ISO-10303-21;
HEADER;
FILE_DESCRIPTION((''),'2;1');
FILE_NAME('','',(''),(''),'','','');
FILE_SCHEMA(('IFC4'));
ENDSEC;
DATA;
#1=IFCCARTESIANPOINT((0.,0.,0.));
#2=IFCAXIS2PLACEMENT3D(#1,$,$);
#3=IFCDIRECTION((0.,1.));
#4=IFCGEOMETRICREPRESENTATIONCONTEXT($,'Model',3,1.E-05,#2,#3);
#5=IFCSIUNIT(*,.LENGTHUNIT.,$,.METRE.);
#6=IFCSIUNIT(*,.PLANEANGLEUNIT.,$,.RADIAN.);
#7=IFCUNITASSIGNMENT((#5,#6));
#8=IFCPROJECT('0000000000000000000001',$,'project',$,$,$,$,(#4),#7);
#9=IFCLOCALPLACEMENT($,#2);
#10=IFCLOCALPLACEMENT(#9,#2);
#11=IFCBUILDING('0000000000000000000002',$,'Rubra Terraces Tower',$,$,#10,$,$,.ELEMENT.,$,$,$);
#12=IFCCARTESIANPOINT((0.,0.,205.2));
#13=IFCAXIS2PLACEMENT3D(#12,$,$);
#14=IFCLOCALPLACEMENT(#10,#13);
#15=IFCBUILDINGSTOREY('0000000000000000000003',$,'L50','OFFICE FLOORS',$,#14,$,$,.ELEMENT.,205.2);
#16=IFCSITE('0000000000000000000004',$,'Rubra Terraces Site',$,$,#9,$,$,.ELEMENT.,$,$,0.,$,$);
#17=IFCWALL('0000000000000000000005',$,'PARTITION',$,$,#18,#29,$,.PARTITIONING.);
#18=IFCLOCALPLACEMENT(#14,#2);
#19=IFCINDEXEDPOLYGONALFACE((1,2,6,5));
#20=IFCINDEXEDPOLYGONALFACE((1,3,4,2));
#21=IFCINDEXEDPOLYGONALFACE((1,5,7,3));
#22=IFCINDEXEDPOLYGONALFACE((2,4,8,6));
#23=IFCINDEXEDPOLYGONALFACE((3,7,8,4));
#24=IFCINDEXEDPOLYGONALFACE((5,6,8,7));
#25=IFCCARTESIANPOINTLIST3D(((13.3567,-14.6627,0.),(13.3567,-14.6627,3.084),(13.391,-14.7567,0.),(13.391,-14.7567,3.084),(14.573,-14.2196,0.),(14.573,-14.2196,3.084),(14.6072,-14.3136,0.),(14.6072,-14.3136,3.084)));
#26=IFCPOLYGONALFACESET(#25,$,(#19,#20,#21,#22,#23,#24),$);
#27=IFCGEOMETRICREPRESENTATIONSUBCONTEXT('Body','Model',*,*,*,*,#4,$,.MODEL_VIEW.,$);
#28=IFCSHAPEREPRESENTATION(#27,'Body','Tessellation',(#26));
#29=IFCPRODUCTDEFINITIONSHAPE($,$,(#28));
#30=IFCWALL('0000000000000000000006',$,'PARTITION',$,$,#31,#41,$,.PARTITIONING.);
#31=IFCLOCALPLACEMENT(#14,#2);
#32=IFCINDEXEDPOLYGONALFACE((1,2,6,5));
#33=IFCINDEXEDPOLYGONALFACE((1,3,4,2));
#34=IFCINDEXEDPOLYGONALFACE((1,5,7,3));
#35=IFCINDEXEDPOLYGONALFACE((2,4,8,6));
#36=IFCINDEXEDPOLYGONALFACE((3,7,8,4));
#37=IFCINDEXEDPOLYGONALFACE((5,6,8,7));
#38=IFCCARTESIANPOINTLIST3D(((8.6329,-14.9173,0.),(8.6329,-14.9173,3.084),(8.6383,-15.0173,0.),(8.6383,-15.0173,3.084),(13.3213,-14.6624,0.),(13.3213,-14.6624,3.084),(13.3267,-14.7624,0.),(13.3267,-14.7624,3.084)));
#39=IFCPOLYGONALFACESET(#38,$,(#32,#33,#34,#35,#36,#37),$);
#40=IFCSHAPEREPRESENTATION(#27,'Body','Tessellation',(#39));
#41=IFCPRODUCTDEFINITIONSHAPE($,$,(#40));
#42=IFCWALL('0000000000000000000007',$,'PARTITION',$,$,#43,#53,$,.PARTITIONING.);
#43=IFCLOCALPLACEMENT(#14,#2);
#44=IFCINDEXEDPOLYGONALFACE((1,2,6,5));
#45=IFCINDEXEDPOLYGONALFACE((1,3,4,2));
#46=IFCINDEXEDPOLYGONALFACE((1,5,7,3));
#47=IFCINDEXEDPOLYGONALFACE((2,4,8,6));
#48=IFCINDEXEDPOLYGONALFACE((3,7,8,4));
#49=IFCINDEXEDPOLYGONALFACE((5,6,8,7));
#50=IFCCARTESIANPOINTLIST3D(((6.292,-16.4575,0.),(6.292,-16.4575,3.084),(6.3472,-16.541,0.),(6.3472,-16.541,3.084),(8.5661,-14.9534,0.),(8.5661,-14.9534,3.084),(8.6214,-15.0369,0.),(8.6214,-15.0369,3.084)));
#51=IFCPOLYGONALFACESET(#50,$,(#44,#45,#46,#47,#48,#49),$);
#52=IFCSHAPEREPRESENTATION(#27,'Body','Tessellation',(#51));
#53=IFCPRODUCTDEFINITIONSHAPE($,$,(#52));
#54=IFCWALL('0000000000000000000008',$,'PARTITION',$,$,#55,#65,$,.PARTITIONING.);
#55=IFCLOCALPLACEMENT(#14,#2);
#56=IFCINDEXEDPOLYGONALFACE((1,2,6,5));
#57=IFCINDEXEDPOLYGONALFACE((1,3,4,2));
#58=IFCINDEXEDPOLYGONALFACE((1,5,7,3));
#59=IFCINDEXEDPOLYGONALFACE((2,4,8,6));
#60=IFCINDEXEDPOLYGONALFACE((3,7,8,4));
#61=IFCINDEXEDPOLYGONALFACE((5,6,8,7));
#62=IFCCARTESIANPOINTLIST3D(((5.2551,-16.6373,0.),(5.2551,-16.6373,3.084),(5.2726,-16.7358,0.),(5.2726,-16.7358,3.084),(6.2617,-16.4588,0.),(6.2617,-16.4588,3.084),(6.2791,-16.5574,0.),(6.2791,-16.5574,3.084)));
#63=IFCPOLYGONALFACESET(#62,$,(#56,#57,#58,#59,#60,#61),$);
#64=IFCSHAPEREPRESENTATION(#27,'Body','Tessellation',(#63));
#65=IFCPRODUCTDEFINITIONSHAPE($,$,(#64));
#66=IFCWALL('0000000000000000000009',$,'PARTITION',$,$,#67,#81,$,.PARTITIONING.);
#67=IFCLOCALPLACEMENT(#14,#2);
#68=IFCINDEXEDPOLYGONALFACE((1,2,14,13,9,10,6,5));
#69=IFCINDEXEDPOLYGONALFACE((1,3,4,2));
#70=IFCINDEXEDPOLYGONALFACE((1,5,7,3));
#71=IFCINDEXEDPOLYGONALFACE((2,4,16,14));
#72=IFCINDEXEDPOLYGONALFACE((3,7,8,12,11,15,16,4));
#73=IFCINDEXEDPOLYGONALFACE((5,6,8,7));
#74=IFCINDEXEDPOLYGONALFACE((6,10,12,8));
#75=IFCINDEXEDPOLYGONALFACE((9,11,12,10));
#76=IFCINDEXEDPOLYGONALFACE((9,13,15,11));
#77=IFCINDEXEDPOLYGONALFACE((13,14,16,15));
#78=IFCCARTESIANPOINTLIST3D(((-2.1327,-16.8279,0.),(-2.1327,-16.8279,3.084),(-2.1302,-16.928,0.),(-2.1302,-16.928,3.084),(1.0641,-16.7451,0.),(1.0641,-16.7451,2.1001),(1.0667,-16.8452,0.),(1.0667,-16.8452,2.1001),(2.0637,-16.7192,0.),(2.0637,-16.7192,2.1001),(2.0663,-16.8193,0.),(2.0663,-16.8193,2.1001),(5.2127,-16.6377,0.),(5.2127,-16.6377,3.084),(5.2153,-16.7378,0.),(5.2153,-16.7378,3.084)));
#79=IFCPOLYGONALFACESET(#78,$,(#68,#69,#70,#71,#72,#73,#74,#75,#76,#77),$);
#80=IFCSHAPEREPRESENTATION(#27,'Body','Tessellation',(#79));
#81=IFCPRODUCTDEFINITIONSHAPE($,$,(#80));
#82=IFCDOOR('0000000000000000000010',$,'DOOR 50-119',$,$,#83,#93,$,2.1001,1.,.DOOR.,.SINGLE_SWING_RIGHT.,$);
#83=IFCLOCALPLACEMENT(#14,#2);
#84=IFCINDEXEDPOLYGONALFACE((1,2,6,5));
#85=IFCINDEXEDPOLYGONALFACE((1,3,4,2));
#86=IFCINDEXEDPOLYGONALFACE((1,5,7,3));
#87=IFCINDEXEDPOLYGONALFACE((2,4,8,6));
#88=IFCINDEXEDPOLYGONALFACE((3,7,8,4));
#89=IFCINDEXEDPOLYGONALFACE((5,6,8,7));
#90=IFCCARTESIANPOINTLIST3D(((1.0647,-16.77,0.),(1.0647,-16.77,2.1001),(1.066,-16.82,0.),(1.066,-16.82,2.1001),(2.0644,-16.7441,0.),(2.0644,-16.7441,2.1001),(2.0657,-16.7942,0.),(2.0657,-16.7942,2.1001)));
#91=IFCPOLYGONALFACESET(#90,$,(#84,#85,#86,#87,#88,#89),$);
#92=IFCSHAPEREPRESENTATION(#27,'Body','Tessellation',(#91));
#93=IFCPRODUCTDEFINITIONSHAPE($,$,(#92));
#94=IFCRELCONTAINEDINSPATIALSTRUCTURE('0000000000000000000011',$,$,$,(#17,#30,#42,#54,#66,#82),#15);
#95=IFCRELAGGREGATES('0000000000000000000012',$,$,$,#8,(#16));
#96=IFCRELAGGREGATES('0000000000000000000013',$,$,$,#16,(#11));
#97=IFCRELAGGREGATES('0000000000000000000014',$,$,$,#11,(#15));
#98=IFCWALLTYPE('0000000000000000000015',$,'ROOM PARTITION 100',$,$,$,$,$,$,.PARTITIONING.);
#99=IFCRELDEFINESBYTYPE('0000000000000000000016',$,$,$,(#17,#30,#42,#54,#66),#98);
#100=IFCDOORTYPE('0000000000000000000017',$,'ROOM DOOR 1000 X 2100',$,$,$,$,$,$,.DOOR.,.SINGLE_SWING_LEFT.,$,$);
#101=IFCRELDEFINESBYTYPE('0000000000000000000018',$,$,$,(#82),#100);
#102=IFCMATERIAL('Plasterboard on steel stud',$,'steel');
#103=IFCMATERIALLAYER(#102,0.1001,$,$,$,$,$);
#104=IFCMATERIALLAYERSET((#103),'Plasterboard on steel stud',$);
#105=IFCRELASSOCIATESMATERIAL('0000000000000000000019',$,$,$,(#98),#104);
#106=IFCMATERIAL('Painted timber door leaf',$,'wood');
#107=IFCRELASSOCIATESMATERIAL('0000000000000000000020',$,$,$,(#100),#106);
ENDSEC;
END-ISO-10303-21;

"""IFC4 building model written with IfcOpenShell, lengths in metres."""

from ifc_helpers import new_model, si_unit, direction, frame, frame_2d, origin, place, context, subcontext, project, spatial, rectangle, extrude, material, layer, layer_set, type_object, element, fill, save


model = new_model("IFC4")

# Units and contexts
model_context = context("Model", 3, precision=1e-05, world=origin(), true_north=direction((0.0, 1.0)))
body_context = subcontext(model_context, "Body", "Model", "MODEL_VIEW")
ifc_project = project(units=[si_unit("LENGTHUNIT", "METRE"), si_unit("PLANEANGLEUNIT", "RADIAN")], contexts=[model_context])

# Site, building, storey
site_placement = place(None, origin())
site = spatial("IfcSite", under=ifc_project, at=site_placement, Name="Rubra Terraces Site", CompositionType="ELEMENT", RefElevation=0.0)
building_placement = place(site_placement, origin())
building = spatial("IfcBuilding", under=site, at=building_placement, Name="Rubra Terraces Tower", CompositionType="ELEMENT")
storey_placement = place(building_placement, frame((0.0, 0.0, 205.2)))
storey = spatial("IfcBuildingStorey", under=building, at=storey_placement, Name="L50", Description="OFFICE FLOORS", CompositionType="ELEMENT", Elevation=205.2)

# Walls
ifc_material_1 = material(Name="Plasterboard on steel stud", Category="steel")
ifc_layer_1 = layer(ifc_material_1, 0.1001)
ifc_layer_set_1 = layer_set([ifc_layer_1], Name="Plasterboard on steel stud")
wall_type_1 = type_object("IfcWallType", Name="ROOM PARTITION 100", PredefinedType="PARTITIONING", material=ifc_layer_set_1)
wall_1_placement = place(storey_placement, frame((14.5901, -14.2666, 0.0), z_axis=(0.0, 0.0, 1.0), x_axis=(-0.93959, -0.342303, 0.0)))
element("IfcWall", 1, at=wall_1_placement, inside=storey, type_object=wall_type_1, Name="PARTITION", PredefinedType="PARTITIONING", context=body_context, shape_type="SweptSolid", body=[
    extrude(rectangle(XDim=1.2944, YDim=0.1001, at=frame_2d((0.6472, 0.0))), origin(), (0.0, 0.0, 1.0), 3.084),
])
wall_2_placement = place(storey_placement, frame((13.324, -14.7124, 0.0), z_axis=(0.0, 0.0, 1.0), x_axis=(-0.998526, -0.054284, 0.0)))
element("IfcWall", 2, at=wall_2_placement, inside=storey, type_object=wall_type_1, Name="PARTITION", PredefinedType="PARTITIONING", context=body_context, shape_type="SweptSolid", body=[
    extrude(rectangle(XDim=4.6953, YDim=0.1001, at=frame_2d((2.3477, 0.0))), origin(), (0.0, 0.0, 1.0), 3.084),
])
wall_3_placement = place(storey_placement, frame((8.5938, -14.9951, 0.0), z_axis=(0.0, 0.0, 1.0), x_axis=(-0.83407, -0.551659, 0.0)))
element("IfcWall", 3, at=wall_3_placement, inside=storey, type_object=wall_type_1, Name="PARTITION", PredefinedType="PARTITIONING", context=body_context, shape_type="SweptSolid", body=[
    extrude(rectangle(XDim=2.7266, YDim=0.1001, at=frame_2d((1.3633, 0.0))), origin(), (0.0, 0.0, 1.0), 3.084),
])
wall_4_placement = place(storey_placement, frame((6.2705, -16.5081, 0.0), z_axis=(0.0, 0.0, 1.0), x_axis=(-0.984644, -0.174575, 0.0)))
element("IfcWall", 4, at=wall_4_placement, inside=storey, type_object=wall_type_1, Name="PARTITION", PredefinedType="PARTITIONING", context=body_context, shape_type="SweptSolid", body=[
    extrude(rectangle(XDim=1.0222, YDim=0.1001, at=frame_2d((0.5112, 0.0))), origin(), (0.0, 0.0, 1.0), 3.084),
])

# Wall, opening, door
wall_5_placement = place(storey_placement, frame((5.2139, -16.6877, 0.0), z_axis=(0.0, 0.0, 1.0), x_axis=(-0.999665, -0.025883, 0.0)))
wall_5 = element("IfcWall", 5, at=wall_5_placement, inside=storey, type_object=wall_type_1, Name="PARTITION", PredefinedType="PARTITIONING", context=body_context, shape_type="SweptSolid", body=[
    extrude(rectangle(XDim=7.3479, YDim=0.1001, at=frame_2d((3.6738, 0.0))), origin(), (0.0, 0.0, 1.0), 3.084),
])
opening_1_placement = place(wall_5_placement, frame((3.1499, 0.0, 0.0)))
opening_1 = element("IfcOpeningElement", 6, at=opening_1_placement, cuts=wall_5, PredefinedType="OPENING", context=body_context, shape_type="SweptSolid", body=[
    extrude(rectangle(XDim=1.0, YDim=2.1001, at=frame_2d((0.5, 1.05))), frame((0.0, 0.0601, 0.0), z_axis=(0.0, -1.0, 0.0), x_axis=(1.0, 0.0, 0.0)), (0.0, 0.0, 1.0), 0.1201),
])
ifc_material_2 = material(Name="Painted timber door leaf", Category="wood")
door_type = type_object("IfcDoorType", Name="ROOM DOOR 1000 X 2100", OperationType="SINGLE_SWING_LEFT", PredefinedType="DOOR", material=ifc_material_2)
door_placement = place(opening_1_placement, origin())
door = element("IfcDoor", 7, at=door_placement, inside=storey, type_object=door_type, Name="DOOR 50-119", OperationType="SINGLE_SWING_RIGHT", OverallHeight=2.1001, OverallWidth=1.0, PredefinedType="DOOR", context=body_context, shape_type="SweptSolid", body=[
    extrude(rectangle(XDim=1.0, YDim=2.1001, at=frame_2d((0.5, 1.05))), frame((0.0, 0.0249, 0.0), z_axis=(0.0, -1.0, 0.0), x_axis=(1.0, 0.0, 0.0)), (0.0, 0.0, 1.0), 0.05),
])
fill(opening_1, door)

save(model, "model.ifc")
